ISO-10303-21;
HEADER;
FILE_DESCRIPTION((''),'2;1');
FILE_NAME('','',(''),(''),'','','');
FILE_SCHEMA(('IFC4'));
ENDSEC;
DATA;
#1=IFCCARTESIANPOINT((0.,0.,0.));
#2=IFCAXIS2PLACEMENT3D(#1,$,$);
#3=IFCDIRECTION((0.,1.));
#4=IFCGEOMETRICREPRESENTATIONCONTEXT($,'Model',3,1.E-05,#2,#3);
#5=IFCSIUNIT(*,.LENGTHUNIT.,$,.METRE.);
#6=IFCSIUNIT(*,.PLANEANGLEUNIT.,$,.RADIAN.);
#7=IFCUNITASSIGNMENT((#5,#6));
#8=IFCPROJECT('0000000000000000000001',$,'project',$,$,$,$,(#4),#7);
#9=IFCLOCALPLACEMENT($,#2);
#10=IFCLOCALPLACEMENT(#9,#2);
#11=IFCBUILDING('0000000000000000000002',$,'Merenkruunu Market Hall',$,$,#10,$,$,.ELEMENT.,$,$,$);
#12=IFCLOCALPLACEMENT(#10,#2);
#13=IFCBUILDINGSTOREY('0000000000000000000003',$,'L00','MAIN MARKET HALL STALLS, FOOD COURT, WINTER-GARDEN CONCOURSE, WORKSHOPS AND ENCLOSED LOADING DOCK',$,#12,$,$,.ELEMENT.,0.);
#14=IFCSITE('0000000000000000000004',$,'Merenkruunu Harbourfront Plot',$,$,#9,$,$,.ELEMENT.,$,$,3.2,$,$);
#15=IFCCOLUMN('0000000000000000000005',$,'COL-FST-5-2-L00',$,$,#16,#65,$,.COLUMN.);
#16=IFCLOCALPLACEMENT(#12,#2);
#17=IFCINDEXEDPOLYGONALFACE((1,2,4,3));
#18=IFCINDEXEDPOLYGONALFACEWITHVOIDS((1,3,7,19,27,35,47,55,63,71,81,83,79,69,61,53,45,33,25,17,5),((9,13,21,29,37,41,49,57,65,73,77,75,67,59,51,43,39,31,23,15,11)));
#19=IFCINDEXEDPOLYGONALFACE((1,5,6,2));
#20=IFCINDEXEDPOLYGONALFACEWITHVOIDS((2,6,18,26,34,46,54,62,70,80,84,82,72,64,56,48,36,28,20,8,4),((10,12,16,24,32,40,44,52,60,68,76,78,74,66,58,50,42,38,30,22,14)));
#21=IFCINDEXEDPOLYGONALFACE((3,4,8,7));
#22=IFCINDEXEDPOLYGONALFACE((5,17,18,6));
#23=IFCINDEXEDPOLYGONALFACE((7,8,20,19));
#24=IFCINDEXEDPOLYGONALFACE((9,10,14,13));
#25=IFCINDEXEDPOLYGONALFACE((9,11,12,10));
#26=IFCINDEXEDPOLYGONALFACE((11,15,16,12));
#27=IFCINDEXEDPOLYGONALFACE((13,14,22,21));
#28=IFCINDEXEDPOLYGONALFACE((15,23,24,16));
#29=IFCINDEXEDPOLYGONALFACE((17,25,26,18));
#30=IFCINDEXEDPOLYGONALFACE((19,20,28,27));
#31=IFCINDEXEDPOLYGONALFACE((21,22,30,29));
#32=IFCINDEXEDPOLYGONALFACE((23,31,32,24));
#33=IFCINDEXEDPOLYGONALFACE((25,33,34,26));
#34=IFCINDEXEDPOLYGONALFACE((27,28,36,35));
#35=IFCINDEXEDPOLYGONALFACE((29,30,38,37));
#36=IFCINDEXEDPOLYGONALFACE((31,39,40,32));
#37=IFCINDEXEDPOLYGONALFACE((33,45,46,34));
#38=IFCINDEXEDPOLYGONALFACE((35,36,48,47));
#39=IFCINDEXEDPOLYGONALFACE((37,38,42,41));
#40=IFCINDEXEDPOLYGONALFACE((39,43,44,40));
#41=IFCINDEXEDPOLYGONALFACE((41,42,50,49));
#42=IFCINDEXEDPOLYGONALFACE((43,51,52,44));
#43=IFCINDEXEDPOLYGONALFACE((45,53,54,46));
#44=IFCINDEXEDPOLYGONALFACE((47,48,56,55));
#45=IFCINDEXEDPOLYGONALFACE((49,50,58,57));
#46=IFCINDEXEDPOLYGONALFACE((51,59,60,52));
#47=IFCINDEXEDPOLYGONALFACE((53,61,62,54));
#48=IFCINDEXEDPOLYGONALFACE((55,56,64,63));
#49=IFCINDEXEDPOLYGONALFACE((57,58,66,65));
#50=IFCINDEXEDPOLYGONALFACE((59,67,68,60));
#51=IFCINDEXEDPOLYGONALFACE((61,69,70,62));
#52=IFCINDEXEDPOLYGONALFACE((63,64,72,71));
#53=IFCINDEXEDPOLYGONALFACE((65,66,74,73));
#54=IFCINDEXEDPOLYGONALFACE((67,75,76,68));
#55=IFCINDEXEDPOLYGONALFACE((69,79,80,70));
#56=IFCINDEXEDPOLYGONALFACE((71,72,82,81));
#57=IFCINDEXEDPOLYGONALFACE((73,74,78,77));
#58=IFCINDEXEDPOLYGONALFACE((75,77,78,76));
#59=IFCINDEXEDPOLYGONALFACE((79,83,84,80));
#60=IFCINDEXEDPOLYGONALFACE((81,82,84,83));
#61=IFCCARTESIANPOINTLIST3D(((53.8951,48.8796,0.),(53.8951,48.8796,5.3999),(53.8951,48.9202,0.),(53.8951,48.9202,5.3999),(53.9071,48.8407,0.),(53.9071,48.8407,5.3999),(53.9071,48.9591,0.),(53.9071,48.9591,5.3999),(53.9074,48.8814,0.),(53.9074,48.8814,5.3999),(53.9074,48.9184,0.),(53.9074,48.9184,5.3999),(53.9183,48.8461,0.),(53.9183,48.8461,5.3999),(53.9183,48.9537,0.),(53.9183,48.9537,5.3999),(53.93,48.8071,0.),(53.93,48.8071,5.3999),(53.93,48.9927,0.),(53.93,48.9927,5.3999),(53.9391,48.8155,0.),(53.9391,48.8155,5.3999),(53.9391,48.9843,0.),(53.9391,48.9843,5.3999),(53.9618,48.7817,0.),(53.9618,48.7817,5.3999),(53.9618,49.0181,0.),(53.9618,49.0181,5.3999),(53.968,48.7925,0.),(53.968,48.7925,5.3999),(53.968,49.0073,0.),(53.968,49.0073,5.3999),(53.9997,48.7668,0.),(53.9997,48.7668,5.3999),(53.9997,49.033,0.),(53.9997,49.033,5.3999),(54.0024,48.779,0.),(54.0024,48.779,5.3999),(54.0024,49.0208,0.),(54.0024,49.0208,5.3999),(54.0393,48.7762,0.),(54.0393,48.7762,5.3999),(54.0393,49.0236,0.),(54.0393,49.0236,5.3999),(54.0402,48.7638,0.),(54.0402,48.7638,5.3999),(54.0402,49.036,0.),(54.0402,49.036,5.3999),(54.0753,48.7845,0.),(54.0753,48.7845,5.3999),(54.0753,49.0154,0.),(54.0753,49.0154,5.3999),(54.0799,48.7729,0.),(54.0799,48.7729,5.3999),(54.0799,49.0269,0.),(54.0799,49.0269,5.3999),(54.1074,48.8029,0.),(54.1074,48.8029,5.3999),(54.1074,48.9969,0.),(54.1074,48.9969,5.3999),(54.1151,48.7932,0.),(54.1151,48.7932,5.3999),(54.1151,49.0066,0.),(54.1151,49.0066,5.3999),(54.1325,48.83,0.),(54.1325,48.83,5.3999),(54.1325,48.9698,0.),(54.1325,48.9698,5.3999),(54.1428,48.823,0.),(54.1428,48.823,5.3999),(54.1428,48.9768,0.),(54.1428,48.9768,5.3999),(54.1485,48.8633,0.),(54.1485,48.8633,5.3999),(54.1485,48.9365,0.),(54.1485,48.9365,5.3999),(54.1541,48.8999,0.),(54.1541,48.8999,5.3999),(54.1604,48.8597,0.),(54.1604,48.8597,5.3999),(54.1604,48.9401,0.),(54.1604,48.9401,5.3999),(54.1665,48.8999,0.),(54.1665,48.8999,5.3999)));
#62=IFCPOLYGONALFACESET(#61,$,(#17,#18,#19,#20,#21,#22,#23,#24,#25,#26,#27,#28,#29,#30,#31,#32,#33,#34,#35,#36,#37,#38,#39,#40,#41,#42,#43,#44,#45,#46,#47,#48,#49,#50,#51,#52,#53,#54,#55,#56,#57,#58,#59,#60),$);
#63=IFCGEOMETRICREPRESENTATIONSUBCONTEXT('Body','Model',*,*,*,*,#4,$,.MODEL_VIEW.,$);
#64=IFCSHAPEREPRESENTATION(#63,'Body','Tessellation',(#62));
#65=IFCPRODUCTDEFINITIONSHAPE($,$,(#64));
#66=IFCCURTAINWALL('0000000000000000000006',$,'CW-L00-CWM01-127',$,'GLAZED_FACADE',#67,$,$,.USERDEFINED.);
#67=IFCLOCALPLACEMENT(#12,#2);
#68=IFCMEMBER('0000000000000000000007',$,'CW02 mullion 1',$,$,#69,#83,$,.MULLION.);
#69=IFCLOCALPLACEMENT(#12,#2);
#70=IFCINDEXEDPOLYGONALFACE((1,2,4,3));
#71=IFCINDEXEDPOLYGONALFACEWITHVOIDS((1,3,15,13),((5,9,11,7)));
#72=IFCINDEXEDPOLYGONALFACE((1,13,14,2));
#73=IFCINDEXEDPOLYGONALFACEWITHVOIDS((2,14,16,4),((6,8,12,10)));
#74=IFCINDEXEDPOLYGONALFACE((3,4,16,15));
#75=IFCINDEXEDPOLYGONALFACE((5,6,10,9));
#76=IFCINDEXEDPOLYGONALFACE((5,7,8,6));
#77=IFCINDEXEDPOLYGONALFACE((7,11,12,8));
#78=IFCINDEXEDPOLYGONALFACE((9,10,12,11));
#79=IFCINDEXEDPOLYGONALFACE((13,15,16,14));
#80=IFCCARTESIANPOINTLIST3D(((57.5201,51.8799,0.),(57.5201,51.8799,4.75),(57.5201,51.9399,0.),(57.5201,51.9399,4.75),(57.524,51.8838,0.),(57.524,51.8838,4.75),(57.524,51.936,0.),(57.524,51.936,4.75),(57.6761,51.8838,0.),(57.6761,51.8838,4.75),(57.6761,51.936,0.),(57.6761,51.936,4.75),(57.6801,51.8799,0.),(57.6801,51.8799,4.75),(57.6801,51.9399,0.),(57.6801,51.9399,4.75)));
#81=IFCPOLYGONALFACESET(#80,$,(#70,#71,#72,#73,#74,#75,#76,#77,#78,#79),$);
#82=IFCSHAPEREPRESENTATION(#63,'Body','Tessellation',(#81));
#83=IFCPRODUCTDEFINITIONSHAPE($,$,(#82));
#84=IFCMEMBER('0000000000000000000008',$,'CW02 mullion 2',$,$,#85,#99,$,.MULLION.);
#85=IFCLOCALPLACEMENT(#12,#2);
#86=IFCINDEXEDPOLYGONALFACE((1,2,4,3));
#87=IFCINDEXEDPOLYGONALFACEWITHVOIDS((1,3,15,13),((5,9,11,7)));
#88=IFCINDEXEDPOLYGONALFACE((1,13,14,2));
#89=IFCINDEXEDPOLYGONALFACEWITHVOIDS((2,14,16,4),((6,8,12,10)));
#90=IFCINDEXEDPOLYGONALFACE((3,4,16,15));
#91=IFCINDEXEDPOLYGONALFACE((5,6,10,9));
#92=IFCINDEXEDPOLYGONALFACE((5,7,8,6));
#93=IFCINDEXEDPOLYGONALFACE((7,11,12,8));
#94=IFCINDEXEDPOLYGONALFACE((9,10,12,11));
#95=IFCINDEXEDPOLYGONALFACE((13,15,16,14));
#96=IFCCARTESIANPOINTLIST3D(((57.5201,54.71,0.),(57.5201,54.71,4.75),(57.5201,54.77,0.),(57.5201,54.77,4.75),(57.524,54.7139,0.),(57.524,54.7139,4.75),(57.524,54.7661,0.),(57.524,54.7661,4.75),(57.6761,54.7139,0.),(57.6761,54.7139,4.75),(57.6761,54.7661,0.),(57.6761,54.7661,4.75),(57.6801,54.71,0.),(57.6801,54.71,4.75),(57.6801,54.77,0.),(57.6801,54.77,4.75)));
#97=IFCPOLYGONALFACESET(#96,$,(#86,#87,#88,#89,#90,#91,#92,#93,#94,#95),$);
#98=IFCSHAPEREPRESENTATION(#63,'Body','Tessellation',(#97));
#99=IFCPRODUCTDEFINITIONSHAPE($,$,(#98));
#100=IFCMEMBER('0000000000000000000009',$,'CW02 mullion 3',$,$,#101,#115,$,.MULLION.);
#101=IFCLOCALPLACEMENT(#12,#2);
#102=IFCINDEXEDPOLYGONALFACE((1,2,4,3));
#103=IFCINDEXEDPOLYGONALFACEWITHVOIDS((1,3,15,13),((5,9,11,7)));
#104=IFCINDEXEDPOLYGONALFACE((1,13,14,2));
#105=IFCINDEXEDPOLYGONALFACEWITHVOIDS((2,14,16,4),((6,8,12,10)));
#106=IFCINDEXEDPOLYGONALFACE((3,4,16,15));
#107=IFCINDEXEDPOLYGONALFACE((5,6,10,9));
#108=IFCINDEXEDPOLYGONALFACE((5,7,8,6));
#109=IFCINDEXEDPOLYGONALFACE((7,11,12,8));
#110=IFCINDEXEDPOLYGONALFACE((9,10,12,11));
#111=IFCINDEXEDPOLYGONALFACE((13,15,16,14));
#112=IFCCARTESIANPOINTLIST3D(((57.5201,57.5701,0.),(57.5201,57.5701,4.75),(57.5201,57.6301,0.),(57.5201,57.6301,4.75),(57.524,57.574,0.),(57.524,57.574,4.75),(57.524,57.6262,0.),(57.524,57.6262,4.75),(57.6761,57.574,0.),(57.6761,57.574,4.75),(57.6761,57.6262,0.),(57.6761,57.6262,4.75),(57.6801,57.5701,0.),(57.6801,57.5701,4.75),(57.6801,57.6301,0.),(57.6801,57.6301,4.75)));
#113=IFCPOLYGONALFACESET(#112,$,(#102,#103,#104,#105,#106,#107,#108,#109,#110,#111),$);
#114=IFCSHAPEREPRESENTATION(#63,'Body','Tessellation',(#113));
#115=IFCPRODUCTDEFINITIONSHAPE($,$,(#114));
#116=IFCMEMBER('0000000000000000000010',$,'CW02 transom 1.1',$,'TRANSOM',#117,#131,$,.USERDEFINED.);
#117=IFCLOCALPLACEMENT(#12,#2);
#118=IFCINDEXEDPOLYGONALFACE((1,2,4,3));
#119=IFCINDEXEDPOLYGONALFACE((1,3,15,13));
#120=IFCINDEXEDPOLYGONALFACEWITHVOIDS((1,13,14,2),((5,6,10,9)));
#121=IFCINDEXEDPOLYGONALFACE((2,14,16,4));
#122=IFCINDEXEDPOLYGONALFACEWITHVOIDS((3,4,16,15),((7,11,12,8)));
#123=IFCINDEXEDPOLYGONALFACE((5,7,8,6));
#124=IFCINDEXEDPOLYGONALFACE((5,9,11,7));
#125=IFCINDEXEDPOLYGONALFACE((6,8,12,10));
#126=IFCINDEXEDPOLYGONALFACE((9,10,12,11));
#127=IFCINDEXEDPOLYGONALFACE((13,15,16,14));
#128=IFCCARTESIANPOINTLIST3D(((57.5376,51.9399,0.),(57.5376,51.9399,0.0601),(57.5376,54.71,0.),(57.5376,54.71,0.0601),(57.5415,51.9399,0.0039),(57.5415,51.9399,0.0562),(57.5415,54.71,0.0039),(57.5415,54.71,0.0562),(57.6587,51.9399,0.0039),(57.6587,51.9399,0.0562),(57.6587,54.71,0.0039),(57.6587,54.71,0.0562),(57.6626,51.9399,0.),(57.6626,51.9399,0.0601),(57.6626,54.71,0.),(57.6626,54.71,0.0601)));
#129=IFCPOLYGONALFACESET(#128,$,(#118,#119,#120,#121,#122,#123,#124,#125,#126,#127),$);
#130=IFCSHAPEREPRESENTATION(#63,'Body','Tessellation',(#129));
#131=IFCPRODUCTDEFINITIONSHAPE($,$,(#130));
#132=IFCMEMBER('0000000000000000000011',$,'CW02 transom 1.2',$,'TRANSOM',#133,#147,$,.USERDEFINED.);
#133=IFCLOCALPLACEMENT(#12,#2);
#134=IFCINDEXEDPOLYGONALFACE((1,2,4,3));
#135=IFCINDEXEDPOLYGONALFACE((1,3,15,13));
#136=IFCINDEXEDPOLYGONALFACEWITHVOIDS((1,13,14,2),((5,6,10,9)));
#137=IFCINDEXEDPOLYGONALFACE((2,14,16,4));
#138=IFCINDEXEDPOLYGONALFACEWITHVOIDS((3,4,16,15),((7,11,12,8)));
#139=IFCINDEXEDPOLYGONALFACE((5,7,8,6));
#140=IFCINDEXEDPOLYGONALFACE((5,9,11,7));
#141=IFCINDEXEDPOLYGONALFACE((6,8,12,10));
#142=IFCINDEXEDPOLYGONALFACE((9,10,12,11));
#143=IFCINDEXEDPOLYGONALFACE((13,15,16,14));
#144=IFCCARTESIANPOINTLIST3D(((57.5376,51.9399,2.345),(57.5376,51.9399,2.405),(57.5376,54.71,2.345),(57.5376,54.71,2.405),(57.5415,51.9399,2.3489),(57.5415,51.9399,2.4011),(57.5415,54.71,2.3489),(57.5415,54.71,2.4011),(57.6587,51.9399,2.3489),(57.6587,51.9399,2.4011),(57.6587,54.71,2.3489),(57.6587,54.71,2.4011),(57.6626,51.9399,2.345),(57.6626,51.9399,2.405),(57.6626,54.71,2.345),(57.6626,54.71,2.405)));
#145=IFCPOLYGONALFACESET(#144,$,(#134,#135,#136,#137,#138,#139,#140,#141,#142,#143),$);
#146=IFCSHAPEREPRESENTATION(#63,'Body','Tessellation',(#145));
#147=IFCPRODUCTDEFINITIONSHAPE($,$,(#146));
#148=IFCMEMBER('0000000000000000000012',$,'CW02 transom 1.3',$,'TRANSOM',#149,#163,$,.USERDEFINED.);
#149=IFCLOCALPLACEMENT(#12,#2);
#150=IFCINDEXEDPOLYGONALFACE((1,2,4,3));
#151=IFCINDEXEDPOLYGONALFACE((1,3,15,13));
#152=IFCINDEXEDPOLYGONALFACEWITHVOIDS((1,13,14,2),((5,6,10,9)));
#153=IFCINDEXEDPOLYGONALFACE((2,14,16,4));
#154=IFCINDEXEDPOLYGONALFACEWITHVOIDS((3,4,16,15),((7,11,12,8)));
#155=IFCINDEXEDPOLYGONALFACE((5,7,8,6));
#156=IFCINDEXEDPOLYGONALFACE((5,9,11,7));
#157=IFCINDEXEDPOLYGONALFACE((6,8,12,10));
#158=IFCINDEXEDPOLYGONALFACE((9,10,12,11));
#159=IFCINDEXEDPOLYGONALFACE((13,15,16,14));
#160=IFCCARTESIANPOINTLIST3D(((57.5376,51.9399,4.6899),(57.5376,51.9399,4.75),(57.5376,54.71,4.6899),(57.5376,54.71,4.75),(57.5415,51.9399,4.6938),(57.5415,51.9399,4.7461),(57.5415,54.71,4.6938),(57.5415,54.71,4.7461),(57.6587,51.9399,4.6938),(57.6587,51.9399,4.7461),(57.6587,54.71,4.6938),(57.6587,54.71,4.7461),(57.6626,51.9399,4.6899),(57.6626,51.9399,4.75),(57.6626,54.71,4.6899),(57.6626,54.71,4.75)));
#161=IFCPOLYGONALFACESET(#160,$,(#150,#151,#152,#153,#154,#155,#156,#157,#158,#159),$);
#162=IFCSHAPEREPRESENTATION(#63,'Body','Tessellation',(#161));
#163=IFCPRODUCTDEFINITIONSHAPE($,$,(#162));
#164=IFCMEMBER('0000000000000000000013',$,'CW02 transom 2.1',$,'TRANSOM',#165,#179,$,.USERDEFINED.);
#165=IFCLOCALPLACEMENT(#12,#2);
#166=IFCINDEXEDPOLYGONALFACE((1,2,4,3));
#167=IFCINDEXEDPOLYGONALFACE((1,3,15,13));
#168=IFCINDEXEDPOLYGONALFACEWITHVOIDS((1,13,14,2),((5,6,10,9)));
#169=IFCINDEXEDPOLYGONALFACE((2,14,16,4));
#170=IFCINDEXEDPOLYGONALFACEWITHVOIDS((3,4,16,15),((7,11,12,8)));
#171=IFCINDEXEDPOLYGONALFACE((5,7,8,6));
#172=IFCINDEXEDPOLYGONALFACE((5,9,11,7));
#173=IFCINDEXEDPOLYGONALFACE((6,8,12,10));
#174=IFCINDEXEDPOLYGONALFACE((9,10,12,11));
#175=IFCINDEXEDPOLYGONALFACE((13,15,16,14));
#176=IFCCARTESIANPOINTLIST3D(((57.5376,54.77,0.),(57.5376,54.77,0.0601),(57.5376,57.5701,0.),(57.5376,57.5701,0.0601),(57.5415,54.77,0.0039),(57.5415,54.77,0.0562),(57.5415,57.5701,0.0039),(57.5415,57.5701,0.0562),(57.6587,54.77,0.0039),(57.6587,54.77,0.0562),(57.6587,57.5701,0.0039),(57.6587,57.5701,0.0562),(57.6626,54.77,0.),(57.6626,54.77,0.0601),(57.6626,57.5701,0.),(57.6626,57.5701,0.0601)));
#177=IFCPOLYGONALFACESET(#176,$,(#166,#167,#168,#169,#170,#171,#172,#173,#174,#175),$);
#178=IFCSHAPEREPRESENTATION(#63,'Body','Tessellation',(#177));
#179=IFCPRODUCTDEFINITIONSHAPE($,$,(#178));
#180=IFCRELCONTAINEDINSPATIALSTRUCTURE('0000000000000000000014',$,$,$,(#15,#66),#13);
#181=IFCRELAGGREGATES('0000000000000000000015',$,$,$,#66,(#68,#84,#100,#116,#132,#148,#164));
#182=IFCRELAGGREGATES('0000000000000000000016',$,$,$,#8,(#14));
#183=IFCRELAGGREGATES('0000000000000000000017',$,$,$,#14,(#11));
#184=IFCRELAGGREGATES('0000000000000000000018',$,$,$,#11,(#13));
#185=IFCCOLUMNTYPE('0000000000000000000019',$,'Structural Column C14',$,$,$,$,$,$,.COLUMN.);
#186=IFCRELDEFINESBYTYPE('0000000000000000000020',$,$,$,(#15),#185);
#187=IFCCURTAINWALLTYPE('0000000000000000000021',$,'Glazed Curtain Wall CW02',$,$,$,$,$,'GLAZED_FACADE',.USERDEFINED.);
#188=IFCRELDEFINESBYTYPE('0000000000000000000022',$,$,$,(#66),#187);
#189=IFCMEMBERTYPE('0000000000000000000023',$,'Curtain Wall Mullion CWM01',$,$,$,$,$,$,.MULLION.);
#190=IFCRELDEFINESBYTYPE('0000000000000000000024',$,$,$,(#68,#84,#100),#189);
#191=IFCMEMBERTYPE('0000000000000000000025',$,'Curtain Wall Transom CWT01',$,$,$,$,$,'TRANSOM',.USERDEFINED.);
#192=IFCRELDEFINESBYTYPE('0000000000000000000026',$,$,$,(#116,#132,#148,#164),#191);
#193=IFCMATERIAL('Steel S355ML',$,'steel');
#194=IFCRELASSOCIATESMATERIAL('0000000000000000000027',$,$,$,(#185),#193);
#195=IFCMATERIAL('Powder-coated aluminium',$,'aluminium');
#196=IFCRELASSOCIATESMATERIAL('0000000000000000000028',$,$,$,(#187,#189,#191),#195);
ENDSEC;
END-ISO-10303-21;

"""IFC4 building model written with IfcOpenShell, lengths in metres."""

from ifc_helpers import new_model, si_unit, direction, frame, origin, origin_2d, place, context, subcontext, project, spatial, hollow_rectangle, hollow_circle, extrude, material, material_profile, profile_set, type_object, element, aggregate, save


model = new_model("IFC4")

# Units and contexts
model_context = context("Model", 3, precision=1e-05, world=origin(), true_north=direction((0.0, 1.0)))
body_context = subcontext(model_context, "Body", "Model", "MODEL_VIEW")
ifc_project = project(units=[si_unit("LENGTHUNIT", "METRE"), si_unit("PLANEANGLEUNIT", "RADIAN")], contexts=[model_context])

# Site, building, storey
site_placement = place(None, origin())
site = spatial("IfcSite", under=ifc_project, at=site_placement, Name="Merenkruunu Harbourfront Plot", CompositionType="ELEMENT", RefElevation=3.2)
building_placement = place(site_placement, origin())
building = spatial("IfcBuilding", under=site, at=building_placement, Name="Merenkruunu Market Hall", CompositionType="ELEMENT")
storey_placement = place(building_placement, origin())
storey = spatial("IfcBuildingStorey", under=building, at=storey_placement, Name="L00", Description="MAIN MARKET HALL STALLS, FOOD COURT, WINTER-GARDEN CONCOURSE, WORKSHOPS AND ENCLOSED LOADING DOCK", CompositionType="ELEMENT", Elevation=0.0)

# Column
ifc_material_1 = material(Name="Steel S355ML", Category="steel")
ifc_material_profile_1 = material_profile(ifc_material_1, hollow_circle(Radius=0.1365, WallThickness=0.0125, at=origin_2d()), Name="CHS 273x12.5")
ifc_profile_set_1 = profile_set([ifc_material_profile_1], Name="Steel S355ML")
column_type_1 = type_object("IfcColumnType", Name="Structural Column C14", PredefinedType="COLUMN", material=ifc_profile_set_1)
for number, where, z_axis, x_axis, name in (
    (1, (54.03, 48.8999, 0.0), (0.0, 0.0, 1.0), (1.0, 0.0, 0.0), "COL-FST-5-2-L00"),
):
    element("IfcColumn", number, at=place(storey_placement, frame(where, z_axis=z_axis, x_axis=x_axis)), inside=storey, type_object=column_type_1, Name=name, PredefinedType="COLUMN", context=body_context, shape_type="SweptSolid", body=[
        extrude(hollow_circle(Radius=0.1365, WallThickness=0.0125, at=origin_2d()), origin(), (0.0, 0.0, 1.0), 5.3999),
    ])

# Curtain wall, members
ifc_material_2 = material(Name="Powder-coated aluminium", Category="aluminium")
curtain_wall_type = type_object("IfcCurtainWallType", Name="Glazed Curtain Wall CW02", ElementType="GLAZED_FACADE", PredefinedType="USERDEFINED", material=ifc_material_2)
curtain_wall_placement = place(storey_placement, origin())
curtain_wall = element("IfcCurtainWall", 2, at=curtain_wall_placement, inside=storey, type_object=curtain_wall_type, Name="CW-L00-CWM01-127", ObjectType="GLAZED_FACADE", PredefinedType="USERDEFINED")
ifc_material_profile_2 = material_profile(ifc_material_2, hollow_rectangle(XDim=0.0601, YDim=0.1599, WallThickness=0.0039, at=origin_2d()), Name="ALU 60x160x4")
ifc_profile_set_2 = profile_set([ifc_material_profile_2], Name="Powder-coated aluminium")
member_type_1 = type_object("IfcMemberType", Name="Curtain Wall Mullion CWM01", PredefinedType="MULLION", material=ifc_profile_set_2)
member_1_placement = place(storey_placement, frame((57.6001, 51.9099, 0.0), z_axis=(0.0, 0.0, 1.0), x_axis=(0.0, 1.0, 0.0)))
member_1 = element("IfcMember", 3, at=member_1_placement, type_object=member_type_1, Name="CW02 mullion 1", PredefinedType="MULLION", context=body_context, shape_type="SweptSolid", body=[
    extrude(hollow_rectangle(XDim=0.0601, YDim=0.1599, WallThickness=0.0039, at=origin_2d()), origin(), (0.0, 0.0, 1.0), 4.75),
])
member_2_placement = place(storey_placement, frame((57.6001, 54.74, 0.0), z_axis=(0.0, 0.0, 1.0), x_axis=(0.0, 1.0, 0.0)))
member_2 = element("IfcMember", 4, at=member_2_placement, type_object=member_type_1, Name="CW02 mullion 2", PredefinedType="MULLION", context=body_context, shape_type="SweptSolid", body=[
    extrude(hollow_rectangle(XDim=0.0601, YDim=0.1599, WallThickness=0.0039, at=origin_2d()), origin(), (0.0, 0.0, 1.0), 4.75),
])
member_3_placement = place(storey_placement, frame((57.6001, 57.6001, 0.0), z_axis=(0.0, 0.0, 1.0), x_axis=(0.0, 1.0, 0.0)))
member_3 = element("IfcMember", 5, at=member_3_placement, type_object=member_type_1, Name="CW02 mullion 3", PredefinedType="MULLION", context=body_context, shape_type="SweptSolid", body=[
    extrude(hollow_rectangle(XDim=0.0601, YDim=0.1599, WallThickness=0.0039, at=origin_2d()), origin(), (0.0, 0.0, 1.0), 4.75),
])
ifc_material_profile_3 = material_profile(ifc_material_2, hollow_rectangle(XDim=0.0601, YDim=0.125, WallThickness=0.0039, at=origin_2d()), Name="ALU 60x125x4")
ifc_profile_set_3 = profile_set([ifc_material_profile_3], Name="Powder-coated aluminium")
member_type_2 = type_object("IfcMemberType", Name="Curtain Wall Transom CWT01", ElementType="TRANSOM", PredefinedType="USERDEFINED", material=ifc_profile_set_3)
member_4_placement = place(storey_placement, frame((57.6001, 51.9399, 0.03), z_axis=(0.0, 1.0, 0.0), x_axis=(0.0, 0.0, 1.0)))
member_4 = element("IfcMember", 6, at=member_4_placement, type_object=member_type_2, Name="CW02 transom 1.1", ObjectType="TRANSOM", PredefinedType="USERDEFINED", context=body_context, shape_type="SweptSolid", body=[
    extrude(hollow_rectangle(XDim=0.0601, YDim=0.125, WallThickness=0.0039, at=origin_2d()), origin(), (0.0, 0.0, 1.0), 2.77),
])
member_5_placement = place(storey_placement, frame((57.6001, 51.9399, 2.375), z_axis=(0.0, 1.0, 0.0), x_axis=(0.0, 0.0, 1.0)))
member_5 = element("IfcMember", 7, at=member_5_placement, type_object=member_type_2, Name="CW02 transom 1.2", ObjectType="TRANSOM", PredefinedType="USERDEFINED", context=body_context, shape_type="SweptSolid", body=[
    extrude(hollow_rectangle(XDim=0.0601, YDim=0.125, WallThickness=0.0039, at=origin_2d()), origin(), (0.0, 0.0, 1.0), 2.77),
])
member_6_placement = place(storey_placement, frame((57.6001, 51.9399, 4.72), z_axis=(0.0, 1.0, 0.0), x_axis=(0.0, 0.0, 1.0)))
member_6 = element("IfcMember", 8, at=member_6_placement, type_object=member_type_2, Name="CW02 transom 1.3", ObjectType="TRANSOM", PredefinedType="USERDEFINED", context=body_context, shape_type="SweptSolid", body=[
    extrude(hollow_rectangle(XDim=0.0601, YDim=0.125, WallThickness=0.0039, at=origin_2d()), origin(), (0.0, 0.0, 1.0), 2.77),
])
member_7_placement = place(storey_placement, frame((57.6001, 54.77, 0.03), z_axis=(0.0, 1.0, 0.0), x_axis=(0.0, 0.0, 1.0)))
member_7 = element("IfcMember", 9, at=member_7_placement, type_object=member_type_2, Name="CW02 transom 2.1", ObjectType="TRANSOM", PredefinedType="USERDEFINED", context=body_context, shape_type="SweptSolid", body=[
    extrude(hollow_rectangle(XDim=0.0601, YDim=0.125, WallThickness=0.0039, at=origin_2d()), origin(), (0.0, 0.0, 1.0), 2.8),
])

aggregate(curtain_wall, [member_1, member_2, member_3, member_4, member_5, member_6, member_7])

save(model, "model.ifc")
